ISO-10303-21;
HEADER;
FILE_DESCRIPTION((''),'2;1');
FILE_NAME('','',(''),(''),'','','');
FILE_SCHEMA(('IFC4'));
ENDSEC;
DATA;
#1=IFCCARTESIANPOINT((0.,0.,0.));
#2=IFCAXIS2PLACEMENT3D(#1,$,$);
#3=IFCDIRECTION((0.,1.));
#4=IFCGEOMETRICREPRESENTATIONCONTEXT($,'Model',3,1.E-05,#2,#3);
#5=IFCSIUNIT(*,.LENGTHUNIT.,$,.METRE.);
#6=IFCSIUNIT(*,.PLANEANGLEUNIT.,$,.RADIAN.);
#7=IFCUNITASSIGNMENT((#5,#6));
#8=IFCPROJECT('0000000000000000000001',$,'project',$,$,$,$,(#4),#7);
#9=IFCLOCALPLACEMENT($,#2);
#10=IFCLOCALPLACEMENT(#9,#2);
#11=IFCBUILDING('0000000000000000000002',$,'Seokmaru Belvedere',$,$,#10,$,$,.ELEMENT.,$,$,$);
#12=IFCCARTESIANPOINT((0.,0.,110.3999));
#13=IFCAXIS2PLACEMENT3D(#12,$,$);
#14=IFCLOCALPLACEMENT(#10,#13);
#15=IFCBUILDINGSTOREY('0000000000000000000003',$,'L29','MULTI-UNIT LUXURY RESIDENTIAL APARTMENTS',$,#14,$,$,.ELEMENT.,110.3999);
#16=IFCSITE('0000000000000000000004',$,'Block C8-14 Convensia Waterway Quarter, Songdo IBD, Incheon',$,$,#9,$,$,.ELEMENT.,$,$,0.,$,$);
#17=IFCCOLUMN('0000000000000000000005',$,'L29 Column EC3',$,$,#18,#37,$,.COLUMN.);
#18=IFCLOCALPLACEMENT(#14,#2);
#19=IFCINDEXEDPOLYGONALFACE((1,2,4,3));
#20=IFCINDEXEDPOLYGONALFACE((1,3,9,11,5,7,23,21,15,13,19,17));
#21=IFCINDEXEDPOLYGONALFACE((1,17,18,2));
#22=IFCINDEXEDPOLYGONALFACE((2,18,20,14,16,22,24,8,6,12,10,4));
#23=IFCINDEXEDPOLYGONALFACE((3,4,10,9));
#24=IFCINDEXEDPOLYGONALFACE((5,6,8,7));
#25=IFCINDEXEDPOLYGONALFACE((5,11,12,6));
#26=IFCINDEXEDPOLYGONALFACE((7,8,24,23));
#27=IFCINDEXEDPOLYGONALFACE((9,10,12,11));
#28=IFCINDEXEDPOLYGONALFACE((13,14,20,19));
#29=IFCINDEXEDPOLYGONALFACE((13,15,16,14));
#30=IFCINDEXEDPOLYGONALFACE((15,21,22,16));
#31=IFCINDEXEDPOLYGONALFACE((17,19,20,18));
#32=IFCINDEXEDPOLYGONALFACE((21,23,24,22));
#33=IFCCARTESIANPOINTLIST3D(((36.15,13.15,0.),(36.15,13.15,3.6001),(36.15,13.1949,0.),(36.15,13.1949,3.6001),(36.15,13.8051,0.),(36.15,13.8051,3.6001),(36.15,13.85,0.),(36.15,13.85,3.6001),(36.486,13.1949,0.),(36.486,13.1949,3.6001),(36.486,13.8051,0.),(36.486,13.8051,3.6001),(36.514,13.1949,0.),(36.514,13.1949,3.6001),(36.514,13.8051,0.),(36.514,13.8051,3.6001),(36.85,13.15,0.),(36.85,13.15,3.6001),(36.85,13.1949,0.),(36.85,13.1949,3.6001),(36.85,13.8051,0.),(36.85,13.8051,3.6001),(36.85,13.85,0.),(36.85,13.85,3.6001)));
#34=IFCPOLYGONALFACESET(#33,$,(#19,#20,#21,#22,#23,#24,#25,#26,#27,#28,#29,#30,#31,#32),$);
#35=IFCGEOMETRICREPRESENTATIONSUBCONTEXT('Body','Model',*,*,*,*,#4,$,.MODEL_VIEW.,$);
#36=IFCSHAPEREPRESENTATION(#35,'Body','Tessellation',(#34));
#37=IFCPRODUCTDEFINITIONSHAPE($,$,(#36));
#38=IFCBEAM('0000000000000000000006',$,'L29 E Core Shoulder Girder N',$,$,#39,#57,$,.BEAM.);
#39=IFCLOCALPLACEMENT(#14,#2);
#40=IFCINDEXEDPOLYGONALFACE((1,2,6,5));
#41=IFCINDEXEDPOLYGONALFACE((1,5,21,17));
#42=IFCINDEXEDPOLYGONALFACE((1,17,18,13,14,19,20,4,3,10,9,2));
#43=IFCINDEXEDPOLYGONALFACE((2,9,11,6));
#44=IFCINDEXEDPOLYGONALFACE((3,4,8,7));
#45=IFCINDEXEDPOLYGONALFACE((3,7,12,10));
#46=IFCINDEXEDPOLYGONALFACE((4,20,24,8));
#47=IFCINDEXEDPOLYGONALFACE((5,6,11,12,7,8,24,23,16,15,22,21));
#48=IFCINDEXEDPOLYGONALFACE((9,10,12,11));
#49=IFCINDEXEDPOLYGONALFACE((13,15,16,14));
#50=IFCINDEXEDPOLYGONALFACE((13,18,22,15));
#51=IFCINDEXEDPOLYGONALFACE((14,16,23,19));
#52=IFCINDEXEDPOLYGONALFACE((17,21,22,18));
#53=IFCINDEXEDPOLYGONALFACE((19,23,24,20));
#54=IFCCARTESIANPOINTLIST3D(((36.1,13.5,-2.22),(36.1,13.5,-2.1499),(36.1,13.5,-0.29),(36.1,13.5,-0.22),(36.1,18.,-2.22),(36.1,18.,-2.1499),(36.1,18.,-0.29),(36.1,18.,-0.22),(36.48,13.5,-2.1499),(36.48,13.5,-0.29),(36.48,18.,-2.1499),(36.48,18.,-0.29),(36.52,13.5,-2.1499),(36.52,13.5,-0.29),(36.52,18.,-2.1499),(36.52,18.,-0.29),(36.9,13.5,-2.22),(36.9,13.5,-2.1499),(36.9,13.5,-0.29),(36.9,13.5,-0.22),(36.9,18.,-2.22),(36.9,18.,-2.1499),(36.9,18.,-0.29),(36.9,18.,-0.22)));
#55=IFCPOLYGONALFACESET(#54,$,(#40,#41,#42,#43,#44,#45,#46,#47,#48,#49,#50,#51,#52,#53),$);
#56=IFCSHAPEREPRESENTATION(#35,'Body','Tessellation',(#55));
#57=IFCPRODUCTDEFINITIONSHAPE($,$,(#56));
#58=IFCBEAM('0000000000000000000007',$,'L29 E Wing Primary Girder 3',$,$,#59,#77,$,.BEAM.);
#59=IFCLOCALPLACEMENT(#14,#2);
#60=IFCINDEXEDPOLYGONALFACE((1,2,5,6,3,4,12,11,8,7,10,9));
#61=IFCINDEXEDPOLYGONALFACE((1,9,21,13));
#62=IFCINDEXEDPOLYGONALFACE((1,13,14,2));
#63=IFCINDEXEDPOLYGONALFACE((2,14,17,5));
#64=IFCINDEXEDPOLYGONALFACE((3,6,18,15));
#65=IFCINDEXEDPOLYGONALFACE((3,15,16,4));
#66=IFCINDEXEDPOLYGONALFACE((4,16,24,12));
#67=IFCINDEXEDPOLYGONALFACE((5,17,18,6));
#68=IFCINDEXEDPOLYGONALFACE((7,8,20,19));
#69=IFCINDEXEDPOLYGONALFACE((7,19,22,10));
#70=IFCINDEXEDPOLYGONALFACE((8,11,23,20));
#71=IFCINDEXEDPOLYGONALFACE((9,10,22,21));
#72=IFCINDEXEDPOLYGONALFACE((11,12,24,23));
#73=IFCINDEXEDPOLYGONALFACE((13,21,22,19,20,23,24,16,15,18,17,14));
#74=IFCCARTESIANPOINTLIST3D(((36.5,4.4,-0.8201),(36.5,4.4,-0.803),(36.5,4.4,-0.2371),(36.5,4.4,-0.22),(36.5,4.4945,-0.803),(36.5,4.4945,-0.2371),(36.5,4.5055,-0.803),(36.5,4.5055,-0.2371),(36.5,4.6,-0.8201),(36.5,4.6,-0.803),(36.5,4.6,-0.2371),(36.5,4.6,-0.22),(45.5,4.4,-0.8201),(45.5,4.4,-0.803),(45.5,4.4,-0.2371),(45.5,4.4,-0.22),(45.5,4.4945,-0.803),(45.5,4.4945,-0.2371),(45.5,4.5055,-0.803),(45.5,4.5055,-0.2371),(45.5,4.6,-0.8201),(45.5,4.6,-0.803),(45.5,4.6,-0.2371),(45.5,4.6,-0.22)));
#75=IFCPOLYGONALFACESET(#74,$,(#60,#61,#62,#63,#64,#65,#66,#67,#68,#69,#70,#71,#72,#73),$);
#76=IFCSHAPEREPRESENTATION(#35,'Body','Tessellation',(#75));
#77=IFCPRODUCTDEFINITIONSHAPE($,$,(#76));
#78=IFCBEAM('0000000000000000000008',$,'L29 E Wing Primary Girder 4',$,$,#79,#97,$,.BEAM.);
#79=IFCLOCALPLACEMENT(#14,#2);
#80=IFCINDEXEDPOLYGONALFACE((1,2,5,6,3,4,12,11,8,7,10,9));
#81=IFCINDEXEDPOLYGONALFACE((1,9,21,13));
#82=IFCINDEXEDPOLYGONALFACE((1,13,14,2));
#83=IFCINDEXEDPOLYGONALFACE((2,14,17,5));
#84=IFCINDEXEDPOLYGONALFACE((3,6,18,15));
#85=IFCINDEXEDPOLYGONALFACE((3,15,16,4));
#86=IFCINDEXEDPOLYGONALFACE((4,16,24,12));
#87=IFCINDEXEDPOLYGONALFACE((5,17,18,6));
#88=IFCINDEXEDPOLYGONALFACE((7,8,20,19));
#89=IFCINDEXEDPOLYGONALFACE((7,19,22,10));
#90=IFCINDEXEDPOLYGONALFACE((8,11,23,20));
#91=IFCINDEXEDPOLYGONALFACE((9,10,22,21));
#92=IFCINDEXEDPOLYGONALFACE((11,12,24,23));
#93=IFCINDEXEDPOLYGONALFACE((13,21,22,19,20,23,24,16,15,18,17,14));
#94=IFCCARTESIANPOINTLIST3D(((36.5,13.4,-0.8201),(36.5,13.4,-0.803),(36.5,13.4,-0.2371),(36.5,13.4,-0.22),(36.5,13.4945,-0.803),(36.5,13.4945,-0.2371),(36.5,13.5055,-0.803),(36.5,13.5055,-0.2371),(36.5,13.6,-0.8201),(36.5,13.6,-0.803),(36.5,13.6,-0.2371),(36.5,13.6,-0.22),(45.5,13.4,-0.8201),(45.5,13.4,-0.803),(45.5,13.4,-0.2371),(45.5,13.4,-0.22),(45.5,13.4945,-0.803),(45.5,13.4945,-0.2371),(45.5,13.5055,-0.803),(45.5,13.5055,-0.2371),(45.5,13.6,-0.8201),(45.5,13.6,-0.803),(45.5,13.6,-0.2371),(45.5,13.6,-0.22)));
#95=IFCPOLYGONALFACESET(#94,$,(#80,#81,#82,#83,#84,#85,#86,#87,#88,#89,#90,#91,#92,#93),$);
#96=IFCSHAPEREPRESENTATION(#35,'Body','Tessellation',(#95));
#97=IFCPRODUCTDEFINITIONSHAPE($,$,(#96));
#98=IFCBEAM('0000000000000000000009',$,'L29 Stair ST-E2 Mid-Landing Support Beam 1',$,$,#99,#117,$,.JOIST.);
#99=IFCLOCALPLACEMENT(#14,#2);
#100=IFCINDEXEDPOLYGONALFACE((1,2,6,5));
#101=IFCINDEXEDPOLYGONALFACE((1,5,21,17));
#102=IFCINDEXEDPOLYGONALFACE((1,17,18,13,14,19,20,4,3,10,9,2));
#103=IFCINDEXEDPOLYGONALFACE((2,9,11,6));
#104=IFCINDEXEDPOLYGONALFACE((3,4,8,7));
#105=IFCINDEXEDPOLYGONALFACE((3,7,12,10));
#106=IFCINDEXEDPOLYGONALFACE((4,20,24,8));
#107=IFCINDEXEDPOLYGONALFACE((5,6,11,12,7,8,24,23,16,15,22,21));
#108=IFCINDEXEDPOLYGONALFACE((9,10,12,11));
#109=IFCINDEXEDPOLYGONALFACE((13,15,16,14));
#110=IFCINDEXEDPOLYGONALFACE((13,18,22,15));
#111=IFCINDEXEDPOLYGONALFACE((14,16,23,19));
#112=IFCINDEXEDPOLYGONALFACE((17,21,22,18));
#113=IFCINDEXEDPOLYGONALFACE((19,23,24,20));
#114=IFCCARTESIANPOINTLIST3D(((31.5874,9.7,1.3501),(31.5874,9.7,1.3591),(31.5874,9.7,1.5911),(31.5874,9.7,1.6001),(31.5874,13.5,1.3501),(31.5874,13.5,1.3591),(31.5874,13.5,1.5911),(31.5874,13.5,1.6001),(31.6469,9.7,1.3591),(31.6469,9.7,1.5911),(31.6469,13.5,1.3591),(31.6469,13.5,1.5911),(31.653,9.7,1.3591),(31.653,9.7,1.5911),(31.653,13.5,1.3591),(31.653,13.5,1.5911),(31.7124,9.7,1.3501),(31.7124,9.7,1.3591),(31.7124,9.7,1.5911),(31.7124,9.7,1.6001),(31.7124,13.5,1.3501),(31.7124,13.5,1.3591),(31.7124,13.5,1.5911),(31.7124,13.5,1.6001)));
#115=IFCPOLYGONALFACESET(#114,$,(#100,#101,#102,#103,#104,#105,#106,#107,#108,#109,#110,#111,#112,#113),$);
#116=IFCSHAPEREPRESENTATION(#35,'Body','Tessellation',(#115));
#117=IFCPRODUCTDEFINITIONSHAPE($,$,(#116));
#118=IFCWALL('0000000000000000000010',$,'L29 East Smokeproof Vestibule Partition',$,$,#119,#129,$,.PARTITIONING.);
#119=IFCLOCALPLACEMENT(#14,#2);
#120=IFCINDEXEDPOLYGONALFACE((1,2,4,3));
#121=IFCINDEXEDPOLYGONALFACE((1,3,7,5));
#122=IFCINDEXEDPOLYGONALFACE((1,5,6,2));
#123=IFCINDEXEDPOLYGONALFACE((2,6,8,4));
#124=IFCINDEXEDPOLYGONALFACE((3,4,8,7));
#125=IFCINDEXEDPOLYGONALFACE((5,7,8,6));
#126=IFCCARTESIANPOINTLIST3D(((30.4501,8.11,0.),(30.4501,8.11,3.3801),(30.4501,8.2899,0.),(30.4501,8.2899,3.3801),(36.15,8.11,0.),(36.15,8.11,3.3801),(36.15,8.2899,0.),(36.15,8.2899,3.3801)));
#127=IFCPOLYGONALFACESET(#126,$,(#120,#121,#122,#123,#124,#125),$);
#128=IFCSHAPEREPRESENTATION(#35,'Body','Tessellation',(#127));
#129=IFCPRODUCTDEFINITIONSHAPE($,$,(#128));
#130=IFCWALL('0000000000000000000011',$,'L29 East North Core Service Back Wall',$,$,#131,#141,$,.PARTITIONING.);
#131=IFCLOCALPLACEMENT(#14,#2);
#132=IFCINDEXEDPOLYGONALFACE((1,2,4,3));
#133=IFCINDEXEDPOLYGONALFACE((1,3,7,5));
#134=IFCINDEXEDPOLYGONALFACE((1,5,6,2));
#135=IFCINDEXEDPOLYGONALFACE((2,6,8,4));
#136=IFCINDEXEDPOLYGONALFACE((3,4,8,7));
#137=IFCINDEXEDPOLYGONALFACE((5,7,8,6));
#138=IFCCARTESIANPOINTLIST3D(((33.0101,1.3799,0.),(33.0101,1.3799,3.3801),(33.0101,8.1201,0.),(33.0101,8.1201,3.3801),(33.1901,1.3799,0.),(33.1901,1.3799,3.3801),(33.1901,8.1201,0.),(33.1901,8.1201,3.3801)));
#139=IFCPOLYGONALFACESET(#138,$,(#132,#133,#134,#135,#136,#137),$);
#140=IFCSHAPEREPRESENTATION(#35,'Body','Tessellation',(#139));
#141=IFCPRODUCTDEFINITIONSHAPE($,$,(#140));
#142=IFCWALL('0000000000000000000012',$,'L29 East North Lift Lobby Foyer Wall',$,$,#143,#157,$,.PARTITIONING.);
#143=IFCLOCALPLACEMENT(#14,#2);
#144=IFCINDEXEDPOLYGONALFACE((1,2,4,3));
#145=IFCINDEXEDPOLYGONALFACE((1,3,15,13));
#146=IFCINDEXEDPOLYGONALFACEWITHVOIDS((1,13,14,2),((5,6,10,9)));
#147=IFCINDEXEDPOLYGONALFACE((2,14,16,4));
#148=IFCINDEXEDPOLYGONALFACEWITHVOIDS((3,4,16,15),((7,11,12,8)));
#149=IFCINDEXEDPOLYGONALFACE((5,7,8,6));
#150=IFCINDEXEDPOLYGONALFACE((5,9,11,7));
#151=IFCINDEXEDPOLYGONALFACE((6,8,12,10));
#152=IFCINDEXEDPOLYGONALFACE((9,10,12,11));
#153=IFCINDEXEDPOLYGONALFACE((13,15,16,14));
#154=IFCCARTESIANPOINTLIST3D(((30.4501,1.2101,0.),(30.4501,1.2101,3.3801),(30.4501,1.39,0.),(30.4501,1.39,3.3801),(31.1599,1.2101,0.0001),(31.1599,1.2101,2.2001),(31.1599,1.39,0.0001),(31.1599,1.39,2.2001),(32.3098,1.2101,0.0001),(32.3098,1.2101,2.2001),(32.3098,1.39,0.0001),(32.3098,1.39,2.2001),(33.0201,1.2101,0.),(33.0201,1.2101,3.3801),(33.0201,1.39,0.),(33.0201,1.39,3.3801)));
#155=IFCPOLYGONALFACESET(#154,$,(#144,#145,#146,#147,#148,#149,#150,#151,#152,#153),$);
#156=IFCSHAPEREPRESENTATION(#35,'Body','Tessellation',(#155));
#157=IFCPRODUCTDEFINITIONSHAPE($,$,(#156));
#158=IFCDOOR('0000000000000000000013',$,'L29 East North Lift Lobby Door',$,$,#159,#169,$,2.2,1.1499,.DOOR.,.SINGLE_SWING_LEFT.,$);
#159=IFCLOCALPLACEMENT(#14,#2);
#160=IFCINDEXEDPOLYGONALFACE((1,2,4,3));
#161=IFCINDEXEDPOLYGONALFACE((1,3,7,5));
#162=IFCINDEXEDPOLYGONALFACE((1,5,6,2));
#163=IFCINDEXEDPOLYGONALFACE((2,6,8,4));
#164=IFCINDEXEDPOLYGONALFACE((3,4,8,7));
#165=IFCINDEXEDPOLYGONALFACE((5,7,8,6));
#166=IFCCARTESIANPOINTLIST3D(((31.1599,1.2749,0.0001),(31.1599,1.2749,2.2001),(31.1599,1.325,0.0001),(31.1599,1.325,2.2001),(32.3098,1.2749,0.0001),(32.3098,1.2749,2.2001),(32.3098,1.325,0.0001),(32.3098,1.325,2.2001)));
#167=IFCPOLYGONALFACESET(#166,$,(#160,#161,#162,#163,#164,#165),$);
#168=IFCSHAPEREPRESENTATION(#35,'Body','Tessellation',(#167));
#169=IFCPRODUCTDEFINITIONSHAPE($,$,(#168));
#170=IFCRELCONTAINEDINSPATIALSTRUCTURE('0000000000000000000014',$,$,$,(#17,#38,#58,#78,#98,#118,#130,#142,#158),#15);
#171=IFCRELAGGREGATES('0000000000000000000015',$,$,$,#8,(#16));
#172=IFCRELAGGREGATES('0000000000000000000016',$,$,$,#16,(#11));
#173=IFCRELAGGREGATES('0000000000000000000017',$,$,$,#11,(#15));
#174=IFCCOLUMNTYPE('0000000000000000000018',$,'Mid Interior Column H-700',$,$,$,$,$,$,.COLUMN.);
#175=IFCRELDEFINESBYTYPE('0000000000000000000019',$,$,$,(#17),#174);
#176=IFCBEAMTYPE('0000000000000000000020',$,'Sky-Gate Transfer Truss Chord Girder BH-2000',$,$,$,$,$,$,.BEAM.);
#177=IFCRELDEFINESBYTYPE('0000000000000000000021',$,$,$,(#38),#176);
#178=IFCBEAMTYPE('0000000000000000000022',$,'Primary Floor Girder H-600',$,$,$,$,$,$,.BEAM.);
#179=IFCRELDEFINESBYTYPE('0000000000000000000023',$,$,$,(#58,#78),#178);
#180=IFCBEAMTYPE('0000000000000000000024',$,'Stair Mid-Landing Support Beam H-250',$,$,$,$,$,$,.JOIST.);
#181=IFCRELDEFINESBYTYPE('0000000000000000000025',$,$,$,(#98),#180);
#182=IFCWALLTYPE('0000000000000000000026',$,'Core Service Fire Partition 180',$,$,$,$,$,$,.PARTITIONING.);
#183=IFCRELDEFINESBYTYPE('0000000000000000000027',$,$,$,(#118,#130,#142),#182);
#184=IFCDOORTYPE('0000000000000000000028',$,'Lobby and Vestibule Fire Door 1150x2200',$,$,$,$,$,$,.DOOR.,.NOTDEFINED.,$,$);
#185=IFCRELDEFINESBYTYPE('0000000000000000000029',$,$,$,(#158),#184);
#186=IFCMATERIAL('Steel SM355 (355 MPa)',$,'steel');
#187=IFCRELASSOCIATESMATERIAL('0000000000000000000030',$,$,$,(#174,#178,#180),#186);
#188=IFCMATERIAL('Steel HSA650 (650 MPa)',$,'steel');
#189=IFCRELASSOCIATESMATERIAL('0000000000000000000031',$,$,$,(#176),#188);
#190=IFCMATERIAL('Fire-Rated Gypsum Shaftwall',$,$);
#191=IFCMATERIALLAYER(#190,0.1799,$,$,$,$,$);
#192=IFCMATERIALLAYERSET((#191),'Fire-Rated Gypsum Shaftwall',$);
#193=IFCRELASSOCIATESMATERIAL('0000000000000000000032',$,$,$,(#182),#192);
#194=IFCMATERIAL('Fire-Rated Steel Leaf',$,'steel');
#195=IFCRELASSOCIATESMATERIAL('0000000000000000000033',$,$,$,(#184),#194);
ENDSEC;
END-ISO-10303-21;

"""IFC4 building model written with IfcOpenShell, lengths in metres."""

from ifc_helpers import new_model, si_unit, direction, frame, frame_2d, origin, origin_2d, place, context, subcontext, project, spatial, rectangle, i_section, extrude, source, transform, mapped, material, layer, layer_set, material_profile, profile_set, type_object, type_shapes, element, fill, save


model = new_model("IFC4")

# Units and contexts
model_context = context("Model", 3, precision=1e-05, world=origin(), true_north=direction((0.0, 1.0)))
body_context = subcontext(model_context, "Body", "Model", "MODEL_VIEW")
ifc_project = project(units=[si_unit("LENGTHUNIT", "METRE"), si_unit("PLANEANGLEUNIT", "RADIAN")], contexts=[model_context])

# Site, building, storey
site_placement = place(None, origin())
site = spatial("IfcSite", under=ifc_project, at=site_placement, Name="Block C8-14 Convensia Waterway Quarter, Songdo IBD, Incheon", CompositionType="ELEMENT", RefElevation=0.0)
building_placement = place(site_placement, origin())
building = spatial("IfcBuilding", under=site, at=building_placement, Name="Seokmaru Belvedere", CompositionType="ELEMENT")
storey_placement = place(building_placement, frame((0.0, 0.0, 110.3999)))
storey = spatial("IfcBuildingStorey", under=building, at=storey_placement, Name="L29", Description="MULTI-UNIT LUXURY RESIDENTIAL APARTMENTS", CompositionType="ELEMENT", Elevation=110.3999)

# Column
ifc_material_1 = material(Name="Steel SM355 (355 MPa)", Category="steel")
ifc_material_profile_1 = material_profile(ifc_material_1, i_section(OverallWidth=0.7, OverallDepth=0.7, WebThickness=0.0281, FlangeThickness=0.0449, at=origin_2d()), Name="H-700x700x28x45")
ifc_profile_set_1 = profile_set([ifc_material_profile_1], Name="Steel SM355 (355 MPa)")
column_type = type_object("IfcColumnType", Name="Mid Interior Column H-700", PredefinedType="COLUMN", material=ifc_profile_set_1)
shared_shape_1 = source(origin(), body_context, "Body", "SweptSolid", [
    extrude(i_section(OverallWidth=0.7, OverallDepth=0.7, WebThickness=0.0281, FlangeThickness=0.0449, at=origin_2d()), origin(), (0.0, 0.0, 1.0), 3.6001),
])
type_shapes(column_type, [shared_shape_1])
column_placement = place(storey_placement, frame((36.5, 13.5, 0.0), z_axis=(0.0, 0.0, 1.0), x_axis=(1.0, 0.0, 0.0)))
element("IfcColumn", 1, at=column_placement, inside=storey, type_object=column_type, Name="L29 Column EC3", PredefinedType="COLUMN", context=body_context, shape_type="MappedRepresentation", body=[
    mapped(shared_shape_1, transform((0.0, 0.0, 0.0), scale=1.0)),
])

# Beams
ifc_material_2 = material(Name="Steel HSA650 (650 MPa)", Category="steel")
ifc_material_profile_2 = material_profile(ifc_material_2, i_section(OverallWidth=0.8, OverallDepth=2.0, WebThickness=0.04, FlangeThickness=0.0701, at=origin_2d()), Name="BH-2000x800x40x70")
ifc_profile_set_2 = profile_set([ifc_material_profile_2], Name="Steel HSA650 (650 MPa)")
beam_type_1 = type_object("IfcBeamType", Name="Sky-Gate Transfer Truss Chord Girder BH-2000", PredefinedType="BEAM", material=ifc_profile_set_2)
shared_shape_2 = source(origin(), body_context, "Body", "SweptSolid", [
    extrude(i_section(OverallWidth=0.8, OverallDepth=2.0, WebThickness=0.04, FlangeThickness=0.0701, at=origin_2d()), origin(), (0.0, 0.0, 1.0), 4.5),
])
type_shapes(beam_type_1, [shared_shape_2])
beam_1_placement = place(storey_placement, frame((36.5, 13.5, -1.22), z_axis=(0.0, 1.0, 0.0), x_axis=(-1.0, 0.0, 0.0)))
element("IfcBeam", 2, at=beam_1_placement, inside=storey, type_object=beam_type_1, Name="L29 E Core Shoulder Girder N", PredefinedType="BEAM", context=body_context, shape_type="MappedRepresentation", body=[
    mapped(shared_shape_2, transform((0.0, 0.0, 0.0), scale=1.0)),
])
ifc_material_profile_3 = material_profile(ifc_material_1, i_section(OverallWidth=0.2, OverallDepth=0.6001, WebThickness=0.011, FlangeThickness=0.0171, at=origin_2d()), Name="H-600x200x11x17")
ifc_profile_set_3 = profile_set([ifc_material_profile_3], Name="Steel SM355 (355 MPa)")
beam_type_2 = type_object("IfcBeamType", Name="Primary Floor Girder H-600", PredefinedType="BEAM", material=ifc_profile_set_3)
shared_shape_3 = source(origin(), body_context, "Body", "SweptSolid", [
    extrude(i_section(OverallWidth=0.2, OverallDepth=0.6001, WebThickness=0.011, FlangeThickness=0.0171, at=origin_2d()), origin(), (0.0, 0.0, 1.0), 9.0),
])
type_shapes(beam_type_2, [shared_shape_3])
for number, where, z_axis, x_axis, name in (
    (3, (36.5, 4.5, -0.52), (1.0, 0.0, 0.0), (0.0, 1.0, 0.0), "L29 E Wing Primary Girder 3"),
    (4, (36.5, 13.5, -0.52), (1.0, 0.0, 0.0), (0.0, 1.0, 0.0), "L29 E Wing Primary Girder 4"),
):
    element("IfcBeam", number, at=place(storey_placement, frame(where, z_axis=z_axis, x_axis=x_axis)), inside=storey, type_object=beam_type_2, Name=name, PredefinedType="BEAM", context=body_context, shape_type="MappedRepresentation", body=[
        mapped(shared_shape_3, transform((0.0, 0.0, 0.0), scale=1.0)),
    ])
ifc_material_profile_4 = material_profile(ifc_material_1, i_section(OverallWidth=0.125, OverallDepth=0.25, WebThickness=0.0061, FlangeThickness=0.009, at=origin_2d()), Name="H-250x125x6x9")
ifc_profile_set_4 = profile_set([ifc_material_profile_4], Name="Steel SM355 (355 MPa)")
beam_type_3 = type_object("IfcBeamType", Name="Stair Mid-Landing Support Beam H-250", PredefinedType="JOIST", material=ifc_profile_set_4)
shared_shape_4 = source(origin(), body_context, "Body", "SweptSolid", [
    extrude(i_section(OverallWidth=0.125, OverallDepth=0.25, WebThickness=0.0061, FlangeThickness=0.009, at=origin_2d()), origin(), (0.0, 0.0, 1.0), 3.8),
])
type_shapes(beam_type_3, [shared_shape_4])
beam_2_placement = place(storey_placement, frame((31.6499, 9.7, 1.4751), z_axis=(0.0, 1.0, 0.0), x_axis=(-1.0, 0.0, 0.0)))
element("IfcBeam", 5, at=beam_2_placement, inside=storey, type_object=beam_type_3, Name="L29 Stair ST-E2 Mid-Landing Support Beam 1", PredefinedType="JOIST", context=body_context, shape_type="MappedRepresentation", body=[
    mapped(shared_shape_4, transform((0.0, 0.0, 0.0), scale=1.0)),
])

# Walls
ifc_material_3 = material(Name="Fire-Rated Gypsum Shaftwall")
ifc_layer_1 = layer(ifc_material_3, 0.1799)
ifc_layer_set_1 = layer_set([ifc_layer_1], Name="Fire-Rated Gypsum Shaftwall")
wall_type_1 = type_object("IfcWallType", Name="Core Service Fire Partition 180", PredefinedType="PARTITIONING", material=ifc_layer_set_1)
wall_1_placement = place(storey_placement, frame((30.45, 8.2, 0.0), z_axis=(0.0, 0.0, 1.0), x_axis=(1.0, 0.0, 0.0)))
element("IfcWall", 6, at=wall_1_placement, inside=storey, type_object=wall_type_1, Name="L29 East Smokeproof Vestibule Partition", PredefinedType="PARTITIONING", context=body_context, shape_type="SweptSolid", body=[
    extrude(rectangle(XDim=5.7, YDim=0.1799, at=frame_2d((2.8501, 0.0))), origin(), (0.0, 0.0, 1.0), 3.3801),
])
wall_2_placement = place(storey_placement, frame((33.1001, 1.3799, 0.0), z_axis=(0.0, 0.0, 1.0), x_axis=(0.0, 1.0, 0.0)))
element("IfcWall", 7, at=wall_2_placement, inside=storey, type_object=wall_type_1, Name="L29 East North Core Service Back Wall", PredefinedType="PARTITIONING", context=body_context, shape_type="SweptSolid", body=[
    extrude(rectangle(XDim=6.7402, YDim=0.1799, at=frame_2d((3.3701, 0.0))), origin(), (0.0, 0.0, 1.0), 3.3801),
])

# Wall, opening, door
wall_3_placement = place(storey_placement, frame((30.45, 1.3, 0.0), z_axis=(0.0, 0.0, 1.0), x_axis=(1.0, 0.0, 0.0)))
wall_3 = element("IfcWall", 8, at=wall_3_placement, inside=storey, type_object=wall_type_1, Name="L29 East North Lift Lobby Foyer Wall", PredefinedType="PARTITIONING", context=body_context, shape_type="SweptSolid", body=[
    extrude(rectangle(XDim=2.5701, YDim=0.1799, at=frame_2d((1.2852, 0.0))), origin(), (0.0, 0.0, 1.0), 3.3801),
])
opening_1_placement = place(wall_3_placement, frame((0.71, 0.0, 0.0)))
opening_1 = element("IfcOpeningElement", 9, at=opening_1_placement, cuts=wall_3, PredefinedType="OPENING", context=body_context, shape_type="SweptSolid", body=[
    extrude(rectangle(XDim=1.1499, YDim=2.2, at=frame_2d((0.575, 1.1001))), frame((0.0, 0.1001, 0.0), z_axis=(0.0, -1.0, 0.0), x_axis=(1.0, 0.0, 0.0)), (0.0, 0.0, 1.0), 0.2),
])
ifc_material_4 = material(Name="Fire-Rated Steel Leaf", Category="steel")
door_type_1 = type_object("IfcDoorType", Name="Lobby and Vestibule Fire Door 1150x2200", OperationType="NOTDEFINED", PredefinedType="DOOR", material=ifc_material_4)
shared_shape_5 = source(origin(), body_context, "Body", "SweptSolid", [
    extrude(rectangle(XDim=1.1499, YDim=2.2, at=frame_2d((0.575, 1.1001))), frame((0.0, 0.0249, 0.0), z_axis=(0.0, -1.0, 0.0), x_axis=(1.0, 0.0, 0.0)), (0.0, 0.0, 1.0), 0.05),
])
type_shapes(door_type_1, [shared_shape_5])
door_1_placement = place(opening_1_placement, origin())
door_1 = element("IfcDoor", 10, at=door_1_placement, inside=storey, type_object=door_type_1, Name="L29 East North Lift Lobby Door", OperationType="SINGLE_SWING_LEFT", OverallHeight=2.2, OverallWidth=1.1499, PredefinedType="DOOR", context=body_context, shape_type="MappedRepresentation", body=[
    mapped(shared_shape_5, transform((0.0, 0.0, 0.0), scale=1.0)),
])
fill(opening_1, door_1)

save(model, "model.ifc")
